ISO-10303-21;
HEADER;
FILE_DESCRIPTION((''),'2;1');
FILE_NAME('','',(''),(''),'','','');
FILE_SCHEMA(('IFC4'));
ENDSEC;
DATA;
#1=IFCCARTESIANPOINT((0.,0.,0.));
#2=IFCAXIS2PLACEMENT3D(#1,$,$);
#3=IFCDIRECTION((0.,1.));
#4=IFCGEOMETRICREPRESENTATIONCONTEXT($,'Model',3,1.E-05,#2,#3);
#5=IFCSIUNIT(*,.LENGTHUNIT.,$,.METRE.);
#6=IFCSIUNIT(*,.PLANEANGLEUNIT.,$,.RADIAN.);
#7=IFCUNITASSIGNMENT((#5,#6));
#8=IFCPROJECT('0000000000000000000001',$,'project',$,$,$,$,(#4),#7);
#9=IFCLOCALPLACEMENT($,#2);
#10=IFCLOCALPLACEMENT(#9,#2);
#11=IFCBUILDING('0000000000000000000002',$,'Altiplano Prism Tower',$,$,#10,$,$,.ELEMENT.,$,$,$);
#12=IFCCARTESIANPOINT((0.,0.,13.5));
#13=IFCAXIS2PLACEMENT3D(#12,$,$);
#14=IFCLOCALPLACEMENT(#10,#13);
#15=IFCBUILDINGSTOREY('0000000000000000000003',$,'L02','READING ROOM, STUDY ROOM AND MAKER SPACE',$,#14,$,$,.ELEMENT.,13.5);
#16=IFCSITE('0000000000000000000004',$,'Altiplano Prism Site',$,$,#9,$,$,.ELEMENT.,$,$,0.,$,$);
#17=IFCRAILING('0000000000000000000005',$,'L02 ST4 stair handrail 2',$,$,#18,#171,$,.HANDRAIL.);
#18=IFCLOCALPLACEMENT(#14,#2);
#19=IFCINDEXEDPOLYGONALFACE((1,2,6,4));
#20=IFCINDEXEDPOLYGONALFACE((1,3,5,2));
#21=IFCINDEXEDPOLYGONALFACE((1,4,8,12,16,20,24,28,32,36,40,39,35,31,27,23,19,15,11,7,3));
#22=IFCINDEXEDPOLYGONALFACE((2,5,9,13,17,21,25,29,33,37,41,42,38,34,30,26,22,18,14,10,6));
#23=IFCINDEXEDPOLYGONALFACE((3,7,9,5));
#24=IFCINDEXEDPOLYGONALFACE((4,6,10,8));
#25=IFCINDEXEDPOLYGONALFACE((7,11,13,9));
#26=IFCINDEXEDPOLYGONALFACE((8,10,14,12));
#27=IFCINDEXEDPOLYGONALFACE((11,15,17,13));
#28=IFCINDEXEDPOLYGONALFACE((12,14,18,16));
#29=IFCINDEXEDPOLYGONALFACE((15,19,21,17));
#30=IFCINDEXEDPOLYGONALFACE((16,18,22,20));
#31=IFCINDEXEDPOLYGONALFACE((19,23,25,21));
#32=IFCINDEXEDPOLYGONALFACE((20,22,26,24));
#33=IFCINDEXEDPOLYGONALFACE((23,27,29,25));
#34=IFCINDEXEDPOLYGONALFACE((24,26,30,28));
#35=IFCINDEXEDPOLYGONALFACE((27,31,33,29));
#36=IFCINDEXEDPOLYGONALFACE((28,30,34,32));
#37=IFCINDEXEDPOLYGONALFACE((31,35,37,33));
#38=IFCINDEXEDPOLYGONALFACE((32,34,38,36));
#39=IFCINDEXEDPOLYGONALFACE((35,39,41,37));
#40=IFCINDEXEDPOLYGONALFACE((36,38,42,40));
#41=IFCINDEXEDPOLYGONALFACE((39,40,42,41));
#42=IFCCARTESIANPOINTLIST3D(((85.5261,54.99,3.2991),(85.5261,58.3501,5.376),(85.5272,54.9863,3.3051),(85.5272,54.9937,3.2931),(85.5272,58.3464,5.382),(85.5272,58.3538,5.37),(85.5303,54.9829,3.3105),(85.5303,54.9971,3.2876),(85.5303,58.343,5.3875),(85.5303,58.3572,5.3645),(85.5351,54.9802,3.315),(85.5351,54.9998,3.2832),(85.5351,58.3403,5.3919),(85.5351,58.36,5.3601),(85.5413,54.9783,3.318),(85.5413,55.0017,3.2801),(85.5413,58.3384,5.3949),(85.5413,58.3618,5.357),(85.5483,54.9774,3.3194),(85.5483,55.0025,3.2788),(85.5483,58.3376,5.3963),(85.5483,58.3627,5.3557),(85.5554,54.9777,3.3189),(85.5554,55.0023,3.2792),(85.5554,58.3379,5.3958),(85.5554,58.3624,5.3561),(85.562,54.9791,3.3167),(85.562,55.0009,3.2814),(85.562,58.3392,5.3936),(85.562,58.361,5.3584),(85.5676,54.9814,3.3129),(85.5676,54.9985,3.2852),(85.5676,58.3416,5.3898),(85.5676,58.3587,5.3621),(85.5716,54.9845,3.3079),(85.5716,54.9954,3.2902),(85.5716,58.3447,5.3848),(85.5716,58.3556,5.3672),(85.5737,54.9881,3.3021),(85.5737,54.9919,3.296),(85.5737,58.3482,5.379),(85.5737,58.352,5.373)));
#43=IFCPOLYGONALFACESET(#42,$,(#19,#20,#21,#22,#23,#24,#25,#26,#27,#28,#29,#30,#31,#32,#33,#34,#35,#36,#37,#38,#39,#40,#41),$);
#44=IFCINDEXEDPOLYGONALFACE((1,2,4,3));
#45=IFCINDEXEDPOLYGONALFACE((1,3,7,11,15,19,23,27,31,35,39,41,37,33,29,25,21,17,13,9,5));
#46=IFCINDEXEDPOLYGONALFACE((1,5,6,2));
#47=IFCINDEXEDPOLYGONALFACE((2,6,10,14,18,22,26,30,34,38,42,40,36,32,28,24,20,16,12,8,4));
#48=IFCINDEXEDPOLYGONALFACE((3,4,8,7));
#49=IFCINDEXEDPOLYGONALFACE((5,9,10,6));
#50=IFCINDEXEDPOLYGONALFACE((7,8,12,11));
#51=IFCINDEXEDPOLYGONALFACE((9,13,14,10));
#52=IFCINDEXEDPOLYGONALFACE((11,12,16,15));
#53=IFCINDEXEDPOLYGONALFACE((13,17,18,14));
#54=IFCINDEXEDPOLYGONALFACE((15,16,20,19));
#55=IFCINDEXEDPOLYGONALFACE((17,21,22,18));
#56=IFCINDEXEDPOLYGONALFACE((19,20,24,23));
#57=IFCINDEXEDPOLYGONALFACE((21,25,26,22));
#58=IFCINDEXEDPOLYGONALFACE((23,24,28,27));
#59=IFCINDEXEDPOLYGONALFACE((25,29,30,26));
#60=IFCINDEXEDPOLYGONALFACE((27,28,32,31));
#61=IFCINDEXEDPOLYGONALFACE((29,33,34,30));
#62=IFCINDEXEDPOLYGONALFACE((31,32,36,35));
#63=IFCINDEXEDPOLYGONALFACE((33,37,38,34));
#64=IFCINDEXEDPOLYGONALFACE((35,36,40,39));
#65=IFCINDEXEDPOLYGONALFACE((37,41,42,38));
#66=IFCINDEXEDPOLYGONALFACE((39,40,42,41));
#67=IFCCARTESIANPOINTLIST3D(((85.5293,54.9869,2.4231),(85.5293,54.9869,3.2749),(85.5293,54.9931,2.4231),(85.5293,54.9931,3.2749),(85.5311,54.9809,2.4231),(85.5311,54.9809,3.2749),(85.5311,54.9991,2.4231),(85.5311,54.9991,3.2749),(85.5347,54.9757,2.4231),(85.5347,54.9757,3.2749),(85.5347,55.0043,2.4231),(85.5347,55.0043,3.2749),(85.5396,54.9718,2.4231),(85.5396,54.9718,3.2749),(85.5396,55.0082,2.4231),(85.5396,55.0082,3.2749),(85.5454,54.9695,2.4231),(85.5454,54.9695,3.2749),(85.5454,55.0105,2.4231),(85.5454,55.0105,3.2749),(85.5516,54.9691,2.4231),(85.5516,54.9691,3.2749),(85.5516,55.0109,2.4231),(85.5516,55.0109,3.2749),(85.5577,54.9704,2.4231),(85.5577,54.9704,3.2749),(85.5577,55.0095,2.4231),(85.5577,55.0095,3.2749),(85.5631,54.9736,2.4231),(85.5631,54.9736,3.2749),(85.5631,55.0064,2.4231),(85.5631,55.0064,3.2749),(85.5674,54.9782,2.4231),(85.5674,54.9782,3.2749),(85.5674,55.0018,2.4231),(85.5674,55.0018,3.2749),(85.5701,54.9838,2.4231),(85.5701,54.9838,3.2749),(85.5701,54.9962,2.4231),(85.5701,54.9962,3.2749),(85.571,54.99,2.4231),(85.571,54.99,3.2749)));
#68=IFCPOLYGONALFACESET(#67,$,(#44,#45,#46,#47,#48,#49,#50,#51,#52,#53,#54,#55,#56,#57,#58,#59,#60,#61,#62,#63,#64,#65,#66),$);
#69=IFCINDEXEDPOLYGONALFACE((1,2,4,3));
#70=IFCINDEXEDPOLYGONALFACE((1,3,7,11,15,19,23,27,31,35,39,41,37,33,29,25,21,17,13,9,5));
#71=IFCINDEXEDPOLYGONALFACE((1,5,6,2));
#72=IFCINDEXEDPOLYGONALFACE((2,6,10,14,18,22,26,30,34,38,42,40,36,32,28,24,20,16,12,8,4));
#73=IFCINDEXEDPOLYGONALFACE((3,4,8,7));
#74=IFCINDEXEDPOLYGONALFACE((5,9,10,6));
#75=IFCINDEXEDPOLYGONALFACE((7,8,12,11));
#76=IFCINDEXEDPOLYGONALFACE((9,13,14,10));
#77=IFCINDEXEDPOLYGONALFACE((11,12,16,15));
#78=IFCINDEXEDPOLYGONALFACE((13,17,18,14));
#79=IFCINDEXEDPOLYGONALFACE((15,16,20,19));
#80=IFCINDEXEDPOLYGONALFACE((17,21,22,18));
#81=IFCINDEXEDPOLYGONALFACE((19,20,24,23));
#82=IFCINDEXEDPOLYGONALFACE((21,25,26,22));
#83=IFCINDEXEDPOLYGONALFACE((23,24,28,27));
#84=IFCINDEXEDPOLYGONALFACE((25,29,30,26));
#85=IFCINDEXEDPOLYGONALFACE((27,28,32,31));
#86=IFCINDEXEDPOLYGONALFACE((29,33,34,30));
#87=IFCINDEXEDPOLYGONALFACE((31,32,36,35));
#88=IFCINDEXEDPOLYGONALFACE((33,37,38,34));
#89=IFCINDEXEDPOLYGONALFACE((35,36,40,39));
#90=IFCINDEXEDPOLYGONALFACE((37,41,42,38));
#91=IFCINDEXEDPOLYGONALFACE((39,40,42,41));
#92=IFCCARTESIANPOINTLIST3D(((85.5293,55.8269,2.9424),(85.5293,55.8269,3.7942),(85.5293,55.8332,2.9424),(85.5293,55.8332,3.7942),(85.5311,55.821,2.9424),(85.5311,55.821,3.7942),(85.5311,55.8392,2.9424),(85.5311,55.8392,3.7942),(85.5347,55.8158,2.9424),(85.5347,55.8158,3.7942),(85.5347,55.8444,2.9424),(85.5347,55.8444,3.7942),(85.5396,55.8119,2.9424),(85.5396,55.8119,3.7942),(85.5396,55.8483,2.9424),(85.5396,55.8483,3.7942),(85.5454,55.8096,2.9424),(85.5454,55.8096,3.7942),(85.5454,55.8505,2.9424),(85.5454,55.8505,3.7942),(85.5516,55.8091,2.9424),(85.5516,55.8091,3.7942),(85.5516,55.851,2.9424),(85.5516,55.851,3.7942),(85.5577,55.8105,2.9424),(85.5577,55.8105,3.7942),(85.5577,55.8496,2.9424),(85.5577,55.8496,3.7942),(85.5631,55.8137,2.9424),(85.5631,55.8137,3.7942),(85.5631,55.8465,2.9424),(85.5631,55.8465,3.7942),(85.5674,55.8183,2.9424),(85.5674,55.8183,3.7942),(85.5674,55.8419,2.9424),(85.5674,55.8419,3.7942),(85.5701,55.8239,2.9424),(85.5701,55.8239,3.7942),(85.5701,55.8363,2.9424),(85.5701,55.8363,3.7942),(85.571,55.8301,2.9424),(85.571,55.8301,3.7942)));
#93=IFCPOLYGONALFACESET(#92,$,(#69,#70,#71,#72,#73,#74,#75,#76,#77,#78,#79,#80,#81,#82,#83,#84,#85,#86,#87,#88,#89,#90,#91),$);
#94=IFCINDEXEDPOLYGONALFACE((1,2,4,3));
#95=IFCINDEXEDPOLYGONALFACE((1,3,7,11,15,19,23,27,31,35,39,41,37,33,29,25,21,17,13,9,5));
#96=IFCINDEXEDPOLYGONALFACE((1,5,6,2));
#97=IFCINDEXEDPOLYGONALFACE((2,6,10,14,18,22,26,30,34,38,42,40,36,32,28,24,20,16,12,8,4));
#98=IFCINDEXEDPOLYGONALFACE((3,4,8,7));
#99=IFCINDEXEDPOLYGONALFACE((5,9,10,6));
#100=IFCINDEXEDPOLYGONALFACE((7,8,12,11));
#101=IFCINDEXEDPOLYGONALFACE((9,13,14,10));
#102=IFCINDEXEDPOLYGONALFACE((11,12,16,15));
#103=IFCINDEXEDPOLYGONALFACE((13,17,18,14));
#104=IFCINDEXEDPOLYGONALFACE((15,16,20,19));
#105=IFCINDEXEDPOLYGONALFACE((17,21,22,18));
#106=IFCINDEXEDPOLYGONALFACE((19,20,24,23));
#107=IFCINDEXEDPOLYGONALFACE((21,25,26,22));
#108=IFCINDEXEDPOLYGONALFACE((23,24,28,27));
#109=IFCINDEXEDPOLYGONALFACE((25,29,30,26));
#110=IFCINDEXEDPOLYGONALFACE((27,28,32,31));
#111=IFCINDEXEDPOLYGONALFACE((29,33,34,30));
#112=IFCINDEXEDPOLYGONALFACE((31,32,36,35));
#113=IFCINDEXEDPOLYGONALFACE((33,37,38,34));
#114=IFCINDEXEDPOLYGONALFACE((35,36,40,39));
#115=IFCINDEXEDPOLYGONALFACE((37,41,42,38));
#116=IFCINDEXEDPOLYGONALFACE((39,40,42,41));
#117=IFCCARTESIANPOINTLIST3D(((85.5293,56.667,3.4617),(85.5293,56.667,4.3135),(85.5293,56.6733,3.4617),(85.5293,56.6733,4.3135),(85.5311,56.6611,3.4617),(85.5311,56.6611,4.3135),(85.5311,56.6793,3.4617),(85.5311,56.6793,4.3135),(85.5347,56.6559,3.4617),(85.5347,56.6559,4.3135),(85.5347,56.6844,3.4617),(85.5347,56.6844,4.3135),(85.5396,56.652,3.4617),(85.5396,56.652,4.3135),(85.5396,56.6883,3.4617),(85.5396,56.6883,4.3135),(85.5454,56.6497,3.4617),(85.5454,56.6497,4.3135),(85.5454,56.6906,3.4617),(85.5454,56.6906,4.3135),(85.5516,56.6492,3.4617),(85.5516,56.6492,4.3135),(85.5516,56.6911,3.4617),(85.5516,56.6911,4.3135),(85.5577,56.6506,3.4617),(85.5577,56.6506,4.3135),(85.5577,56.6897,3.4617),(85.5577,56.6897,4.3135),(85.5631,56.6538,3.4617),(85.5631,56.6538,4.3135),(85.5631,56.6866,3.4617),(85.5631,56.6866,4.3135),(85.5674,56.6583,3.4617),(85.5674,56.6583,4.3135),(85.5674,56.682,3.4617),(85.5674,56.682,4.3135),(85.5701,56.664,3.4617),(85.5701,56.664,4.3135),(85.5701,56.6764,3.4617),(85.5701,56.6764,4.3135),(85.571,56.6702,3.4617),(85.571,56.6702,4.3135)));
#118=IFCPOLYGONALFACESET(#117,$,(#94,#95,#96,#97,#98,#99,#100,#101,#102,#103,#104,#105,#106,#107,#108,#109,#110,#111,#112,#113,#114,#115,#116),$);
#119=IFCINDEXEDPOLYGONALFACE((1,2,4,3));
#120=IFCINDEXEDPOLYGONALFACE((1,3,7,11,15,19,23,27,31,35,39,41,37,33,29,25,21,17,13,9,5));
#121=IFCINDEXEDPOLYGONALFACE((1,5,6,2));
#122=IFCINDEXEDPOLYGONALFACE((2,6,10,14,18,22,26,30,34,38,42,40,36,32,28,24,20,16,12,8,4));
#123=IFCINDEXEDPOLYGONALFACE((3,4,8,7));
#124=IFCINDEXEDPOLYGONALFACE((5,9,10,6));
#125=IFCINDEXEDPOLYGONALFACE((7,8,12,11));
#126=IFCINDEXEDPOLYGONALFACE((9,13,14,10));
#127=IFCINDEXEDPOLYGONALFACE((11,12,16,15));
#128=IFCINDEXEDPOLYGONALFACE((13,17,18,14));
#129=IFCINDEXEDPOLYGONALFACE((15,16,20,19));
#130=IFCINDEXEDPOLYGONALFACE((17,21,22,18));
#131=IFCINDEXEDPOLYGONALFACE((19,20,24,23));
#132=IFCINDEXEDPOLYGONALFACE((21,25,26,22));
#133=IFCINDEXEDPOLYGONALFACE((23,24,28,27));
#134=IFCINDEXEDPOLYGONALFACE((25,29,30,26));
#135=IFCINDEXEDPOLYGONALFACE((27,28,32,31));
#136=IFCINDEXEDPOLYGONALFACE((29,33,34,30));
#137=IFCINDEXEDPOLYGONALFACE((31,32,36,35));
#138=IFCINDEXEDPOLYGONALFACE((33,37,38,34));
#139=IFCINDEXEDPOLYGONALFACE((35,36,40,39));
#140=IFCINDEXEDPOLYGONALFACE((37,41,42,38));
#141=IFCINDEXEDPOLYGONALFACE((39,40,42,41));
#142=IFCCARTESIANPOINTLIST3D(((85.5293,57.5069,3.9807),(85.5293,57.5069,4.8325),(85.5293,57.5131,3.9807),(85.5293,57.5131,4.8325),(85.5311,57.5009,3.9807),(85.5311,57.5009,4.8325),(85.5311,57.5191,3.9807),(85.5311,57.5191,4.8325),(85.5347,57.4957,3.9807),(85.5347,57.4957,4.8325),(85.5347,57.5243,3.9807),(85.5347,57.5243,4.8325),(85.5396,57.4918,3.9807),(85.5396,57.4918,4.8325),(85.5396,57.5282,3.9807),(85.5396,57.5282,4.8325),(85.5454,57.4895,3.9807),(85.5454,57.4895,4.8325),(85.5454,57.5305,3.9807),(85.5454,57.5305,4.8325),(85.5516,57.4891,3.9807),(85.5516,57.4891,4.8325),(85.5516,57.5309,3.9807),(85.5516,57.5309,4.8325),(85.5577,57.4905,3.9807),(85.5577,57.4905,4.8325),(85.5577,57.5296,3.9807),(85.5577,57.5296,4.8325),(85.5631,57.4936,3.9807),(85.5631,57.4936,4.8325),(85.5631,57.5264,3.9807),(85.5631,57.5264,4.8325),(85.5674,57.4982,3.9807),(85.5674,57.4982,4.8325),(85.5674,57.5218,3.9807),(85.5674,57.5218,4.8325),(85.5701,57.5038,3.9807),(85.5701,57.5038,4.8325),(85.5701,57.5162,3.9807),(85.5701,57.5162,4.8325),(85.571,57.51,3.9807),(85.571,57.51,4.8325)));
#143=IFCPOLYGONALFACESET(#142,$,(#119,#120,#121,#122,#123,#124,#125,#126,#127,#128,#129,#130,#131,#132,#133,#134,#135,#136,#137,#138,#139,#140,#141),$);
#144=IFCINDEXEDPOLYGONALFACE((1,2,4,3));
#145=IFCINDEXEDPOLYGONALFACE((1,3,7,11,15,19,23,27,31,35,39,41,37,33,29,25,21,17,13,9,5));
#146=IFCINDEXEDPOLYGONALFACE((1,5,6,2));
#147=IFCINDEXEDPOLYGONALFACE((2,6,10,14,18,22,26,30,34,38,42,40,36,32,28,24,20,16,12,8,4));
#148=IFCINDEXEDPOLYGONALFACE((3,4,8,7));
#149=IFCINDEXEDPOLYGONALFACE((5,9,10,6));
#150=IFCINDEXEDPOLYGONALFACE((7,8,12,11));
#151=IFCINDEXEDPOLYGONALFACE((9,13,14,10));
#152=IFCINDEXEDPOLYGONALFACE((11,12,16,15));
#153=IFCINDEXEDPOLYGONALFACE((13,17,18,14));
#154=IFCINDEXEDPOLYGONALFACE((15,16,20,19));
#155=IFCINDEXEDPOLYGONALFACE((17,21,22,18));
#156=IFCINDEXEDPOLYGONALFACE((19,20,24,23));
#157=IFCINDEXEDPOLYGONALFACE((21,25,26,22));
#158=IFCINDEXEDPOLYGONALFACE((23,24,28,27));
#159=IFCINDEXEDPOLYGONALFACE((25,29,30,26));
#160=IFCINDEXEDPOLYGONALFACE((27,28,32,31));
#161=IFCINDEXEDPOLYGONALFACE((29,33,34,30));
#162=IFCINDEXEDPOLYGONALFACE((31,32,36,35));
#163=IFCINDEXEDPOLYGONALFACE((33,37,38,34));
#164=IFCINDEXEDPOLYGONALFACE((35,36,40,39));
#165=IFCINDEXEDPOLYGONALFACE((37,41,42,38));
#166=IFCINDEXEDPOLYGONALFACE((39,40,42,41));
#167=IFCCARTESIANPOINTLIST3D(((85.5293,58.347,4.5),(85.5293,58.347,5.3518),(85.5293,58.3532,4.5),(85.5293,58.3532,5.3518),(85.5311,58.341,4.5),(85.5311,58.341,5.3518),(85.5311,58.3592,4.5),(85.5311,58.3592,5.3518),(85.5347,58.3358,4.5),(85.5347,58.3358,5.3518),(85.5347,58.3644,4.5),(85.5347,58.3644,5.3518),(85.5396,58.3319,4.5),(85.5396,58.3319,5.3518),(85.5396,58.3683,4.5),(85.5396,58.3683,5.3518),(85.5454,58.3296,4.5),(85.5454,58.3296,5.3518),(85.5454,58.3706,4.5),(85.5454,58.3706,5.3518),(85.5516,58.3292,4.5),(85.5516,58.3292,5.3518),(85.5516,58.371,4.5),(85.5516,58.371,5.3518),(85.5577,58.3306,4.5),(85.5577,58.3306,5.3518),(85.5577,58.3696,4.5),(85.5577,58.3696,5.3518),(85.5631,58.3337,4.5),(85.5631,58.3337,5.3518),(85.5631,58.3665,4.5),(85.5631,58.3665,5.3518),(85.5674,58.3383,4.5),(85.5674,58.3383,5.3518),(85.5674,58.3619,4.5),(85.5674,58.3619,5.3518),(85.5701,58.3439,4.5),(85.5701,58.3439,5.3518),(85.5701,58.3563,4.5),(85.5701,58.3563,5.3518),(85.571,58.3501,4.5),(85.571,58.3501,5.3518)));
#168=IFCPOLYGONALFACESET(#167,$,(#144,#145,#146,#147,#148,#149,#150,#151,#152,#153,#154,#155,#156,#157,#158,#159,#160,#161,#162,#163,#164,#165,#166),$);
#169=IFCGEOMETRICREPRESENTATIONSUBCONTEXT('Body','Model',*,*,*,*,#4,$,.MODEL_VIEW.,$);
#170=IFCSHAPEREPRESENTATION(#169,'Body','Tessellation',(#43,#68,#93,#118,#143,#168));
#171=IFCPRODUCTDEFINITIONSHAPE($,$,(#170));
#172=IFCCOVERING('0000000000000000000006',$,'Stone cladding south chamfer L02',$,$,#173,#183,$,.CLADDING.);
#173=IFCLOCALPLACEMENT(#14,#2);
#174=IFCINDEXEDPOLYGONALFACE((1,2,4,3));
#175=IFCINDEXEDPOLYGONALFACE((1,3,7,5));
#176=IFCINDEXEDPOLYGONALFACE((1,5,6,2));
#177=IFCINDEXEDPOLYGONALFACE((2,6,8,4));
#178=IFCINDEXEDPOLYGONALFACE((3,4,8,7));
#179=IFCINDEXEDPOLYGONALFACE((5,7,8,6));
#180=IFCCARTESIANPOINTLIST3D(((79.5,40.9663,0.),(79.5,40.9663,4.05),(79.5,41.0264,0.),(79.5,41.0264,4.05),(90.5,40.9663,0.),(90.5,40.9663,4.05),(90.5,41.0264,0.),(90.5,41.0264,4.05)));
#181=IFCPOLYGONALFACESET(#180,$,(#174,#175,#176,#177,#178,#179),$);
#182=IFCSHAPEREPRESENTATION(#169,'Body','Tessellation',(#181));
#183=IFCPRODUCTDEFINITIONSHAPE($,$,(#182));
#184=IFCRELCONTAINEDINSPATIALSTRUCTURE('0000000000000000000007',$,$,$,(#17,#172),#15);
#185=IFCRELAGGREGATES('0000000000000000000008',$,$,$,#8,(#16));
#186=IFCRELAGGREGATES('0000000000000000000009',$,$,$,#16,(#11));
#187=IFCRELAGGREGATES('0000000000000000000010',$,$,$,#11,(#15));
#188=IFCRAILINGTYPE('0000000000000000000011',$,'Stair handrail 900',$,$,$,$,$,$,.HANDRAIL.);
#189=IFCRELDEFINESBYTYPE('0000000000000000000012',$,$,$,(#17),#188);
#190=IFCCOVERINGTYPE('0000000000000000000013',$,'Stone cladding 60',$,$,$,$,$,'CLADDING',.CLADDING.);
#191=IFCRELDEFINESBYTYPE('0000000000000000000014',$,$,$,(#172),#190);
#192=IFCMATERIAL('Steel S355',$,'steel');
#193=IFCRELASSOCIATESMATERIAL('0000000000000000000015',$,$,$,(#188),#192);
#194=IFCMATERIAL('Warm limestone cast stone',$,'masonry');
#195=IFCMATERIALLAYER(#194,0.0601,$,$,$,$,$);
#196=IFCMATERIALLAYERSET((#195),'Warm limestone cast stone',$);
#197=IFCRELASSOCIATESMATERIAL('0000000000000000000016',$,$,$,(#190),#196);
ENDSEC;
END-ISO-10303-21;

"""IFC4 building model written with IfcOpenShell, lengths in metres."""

from ifc_helpers import new_model, si_unit, direction, frame, frame_2d, origin, origin_2d, place, context, subcontext, project, spatial, rectangle, circle, extrude, material, layer, layer_set, type_object, element, save


model = new_model("IFC4")

# Units and contexts
model_context = context("Model", 3, precision=1e-05, world=origin(), true_north=direction((0.0, 1.0)))
body_context = subcontext(model_context, "Body", "Model", "MODEL_VIEW")
ifc_project = project(units=[si_unit("LENGTHUNIT", "METRE"), si_unit("PLANEANGLEUNIT", "RADIAN")], contexts=[model_context])

# Site, building, storey
site_placement = place(None, origin())
site = spatial("IfcSite", under=ifc_project, at=site_placement, Name="Altiplano Prism Site", CompositionType="ELEMENT", RefElevation=0.0)
building_placement = place(site_placement, origin())
building = spatial("IfcBuilding", under=site, at=building_placement, Name="Altiplano Prism Tower", CompositionType="ELEMENT")
storey_placement = place(building_placement, frame((0.0, 0.0, 13.5)))
storey = spatial("IfcBuildingStorey", under=building, at=storey_placement, Name="L02", Description="READING ROOM, STUDY ROOM AND MAKER SPACE", CompositionType="ELEMENT", Elevation=13.5)

# Railing
ifc_material_1 = material(Name="Steel S355", Category="steel")
railing_type = type_object("IfcRailingType", Name="Stair handrail 900", PredefinedType="HANDRAIL", material=ifc_material_1)
railing_placement = place(storey_placement, frame((85.55, 54.99, 2.4231)))
element("IfcRailing", 1, at=railing_placement, inside=storey, type_object=railing_type, Name="L02 ST4 stair handrail 2", PredefinedType="HANDRAIL", context=body_context, shape_type="SweptSolid", body=[
    extrude(circle(Radius=0.0239, at=origin_2d()), frame((0.0, 0.0, 0.876), z_axis=(0.0, 0.850623, 0.525776), x_axis=(-1.0, 0.0, 0.0)), (0.0, 0.0, 1.0), 3.9502),
    extrude(circle(Radius=0.021, at=origin_2d()), origin(), (0.0, 0.0, 1.0), 0.8518),
    extrude(circle(Radius=0.021, at=origin_2d()), frame((0.0, 0.8401, 0.5193)), (0.0, 0.0, 1.0), 0.8518),
    extrude(circle(Radius=0.021, at=origin_2d()), frame((0.0, 1.6802, 1.0386)), (0.0, 0.0, 1.0), 0.8518),
    extrude(circle(Radius=0.021, at=origin_2d()), frame((0.0, 2.52, 1.5576)), (0.0, 0.0, 1.0), 0.8518),
    extrude(circle(Radius=0.021, at=origin_2d()), frame((0.0, 3.3601, 2.0769)), (0.0, 0.0, 1.0), 0.8518),
])

# Covering
ifc_material_2 = material(Name="Warm limestone cast stone", Category="masonry")
ifc_layer_1 = layer(ifc_material_2, 0.0601)
ifc_layer_set_1 = layer_set([ifc_layer_1], Name="Warm limestone cast stone")
covering_type = type_object("IfcCoveringType", Name="Stone cladding 60", ElementType="CLADDING", PredefinedType="CLADDING", material=ifc_layer_set_1)
covering_placement = place(storey_placement, frame((90.5, 40.9963, 0.0), z_axis=(0.0, 0.0, 1.0), x_axis=(-1.0, 0.0, 0.0)))
element("IfcCovering", 2, at=covering_placement, inside=storey, type_object=covering_type, Name="Stone cladding south chamfer L02", PredefinedType="CLADDING", context=body_context, shape_type="SweptSolid", body=[
    extrude(rectangle(XDim=11.0, YDim=0.0601, at=frame_2d((5.5, 0.0))), origin(), (0.0, 0.0, 1.0), 4.05),
])

save(model, "model.ifc")
